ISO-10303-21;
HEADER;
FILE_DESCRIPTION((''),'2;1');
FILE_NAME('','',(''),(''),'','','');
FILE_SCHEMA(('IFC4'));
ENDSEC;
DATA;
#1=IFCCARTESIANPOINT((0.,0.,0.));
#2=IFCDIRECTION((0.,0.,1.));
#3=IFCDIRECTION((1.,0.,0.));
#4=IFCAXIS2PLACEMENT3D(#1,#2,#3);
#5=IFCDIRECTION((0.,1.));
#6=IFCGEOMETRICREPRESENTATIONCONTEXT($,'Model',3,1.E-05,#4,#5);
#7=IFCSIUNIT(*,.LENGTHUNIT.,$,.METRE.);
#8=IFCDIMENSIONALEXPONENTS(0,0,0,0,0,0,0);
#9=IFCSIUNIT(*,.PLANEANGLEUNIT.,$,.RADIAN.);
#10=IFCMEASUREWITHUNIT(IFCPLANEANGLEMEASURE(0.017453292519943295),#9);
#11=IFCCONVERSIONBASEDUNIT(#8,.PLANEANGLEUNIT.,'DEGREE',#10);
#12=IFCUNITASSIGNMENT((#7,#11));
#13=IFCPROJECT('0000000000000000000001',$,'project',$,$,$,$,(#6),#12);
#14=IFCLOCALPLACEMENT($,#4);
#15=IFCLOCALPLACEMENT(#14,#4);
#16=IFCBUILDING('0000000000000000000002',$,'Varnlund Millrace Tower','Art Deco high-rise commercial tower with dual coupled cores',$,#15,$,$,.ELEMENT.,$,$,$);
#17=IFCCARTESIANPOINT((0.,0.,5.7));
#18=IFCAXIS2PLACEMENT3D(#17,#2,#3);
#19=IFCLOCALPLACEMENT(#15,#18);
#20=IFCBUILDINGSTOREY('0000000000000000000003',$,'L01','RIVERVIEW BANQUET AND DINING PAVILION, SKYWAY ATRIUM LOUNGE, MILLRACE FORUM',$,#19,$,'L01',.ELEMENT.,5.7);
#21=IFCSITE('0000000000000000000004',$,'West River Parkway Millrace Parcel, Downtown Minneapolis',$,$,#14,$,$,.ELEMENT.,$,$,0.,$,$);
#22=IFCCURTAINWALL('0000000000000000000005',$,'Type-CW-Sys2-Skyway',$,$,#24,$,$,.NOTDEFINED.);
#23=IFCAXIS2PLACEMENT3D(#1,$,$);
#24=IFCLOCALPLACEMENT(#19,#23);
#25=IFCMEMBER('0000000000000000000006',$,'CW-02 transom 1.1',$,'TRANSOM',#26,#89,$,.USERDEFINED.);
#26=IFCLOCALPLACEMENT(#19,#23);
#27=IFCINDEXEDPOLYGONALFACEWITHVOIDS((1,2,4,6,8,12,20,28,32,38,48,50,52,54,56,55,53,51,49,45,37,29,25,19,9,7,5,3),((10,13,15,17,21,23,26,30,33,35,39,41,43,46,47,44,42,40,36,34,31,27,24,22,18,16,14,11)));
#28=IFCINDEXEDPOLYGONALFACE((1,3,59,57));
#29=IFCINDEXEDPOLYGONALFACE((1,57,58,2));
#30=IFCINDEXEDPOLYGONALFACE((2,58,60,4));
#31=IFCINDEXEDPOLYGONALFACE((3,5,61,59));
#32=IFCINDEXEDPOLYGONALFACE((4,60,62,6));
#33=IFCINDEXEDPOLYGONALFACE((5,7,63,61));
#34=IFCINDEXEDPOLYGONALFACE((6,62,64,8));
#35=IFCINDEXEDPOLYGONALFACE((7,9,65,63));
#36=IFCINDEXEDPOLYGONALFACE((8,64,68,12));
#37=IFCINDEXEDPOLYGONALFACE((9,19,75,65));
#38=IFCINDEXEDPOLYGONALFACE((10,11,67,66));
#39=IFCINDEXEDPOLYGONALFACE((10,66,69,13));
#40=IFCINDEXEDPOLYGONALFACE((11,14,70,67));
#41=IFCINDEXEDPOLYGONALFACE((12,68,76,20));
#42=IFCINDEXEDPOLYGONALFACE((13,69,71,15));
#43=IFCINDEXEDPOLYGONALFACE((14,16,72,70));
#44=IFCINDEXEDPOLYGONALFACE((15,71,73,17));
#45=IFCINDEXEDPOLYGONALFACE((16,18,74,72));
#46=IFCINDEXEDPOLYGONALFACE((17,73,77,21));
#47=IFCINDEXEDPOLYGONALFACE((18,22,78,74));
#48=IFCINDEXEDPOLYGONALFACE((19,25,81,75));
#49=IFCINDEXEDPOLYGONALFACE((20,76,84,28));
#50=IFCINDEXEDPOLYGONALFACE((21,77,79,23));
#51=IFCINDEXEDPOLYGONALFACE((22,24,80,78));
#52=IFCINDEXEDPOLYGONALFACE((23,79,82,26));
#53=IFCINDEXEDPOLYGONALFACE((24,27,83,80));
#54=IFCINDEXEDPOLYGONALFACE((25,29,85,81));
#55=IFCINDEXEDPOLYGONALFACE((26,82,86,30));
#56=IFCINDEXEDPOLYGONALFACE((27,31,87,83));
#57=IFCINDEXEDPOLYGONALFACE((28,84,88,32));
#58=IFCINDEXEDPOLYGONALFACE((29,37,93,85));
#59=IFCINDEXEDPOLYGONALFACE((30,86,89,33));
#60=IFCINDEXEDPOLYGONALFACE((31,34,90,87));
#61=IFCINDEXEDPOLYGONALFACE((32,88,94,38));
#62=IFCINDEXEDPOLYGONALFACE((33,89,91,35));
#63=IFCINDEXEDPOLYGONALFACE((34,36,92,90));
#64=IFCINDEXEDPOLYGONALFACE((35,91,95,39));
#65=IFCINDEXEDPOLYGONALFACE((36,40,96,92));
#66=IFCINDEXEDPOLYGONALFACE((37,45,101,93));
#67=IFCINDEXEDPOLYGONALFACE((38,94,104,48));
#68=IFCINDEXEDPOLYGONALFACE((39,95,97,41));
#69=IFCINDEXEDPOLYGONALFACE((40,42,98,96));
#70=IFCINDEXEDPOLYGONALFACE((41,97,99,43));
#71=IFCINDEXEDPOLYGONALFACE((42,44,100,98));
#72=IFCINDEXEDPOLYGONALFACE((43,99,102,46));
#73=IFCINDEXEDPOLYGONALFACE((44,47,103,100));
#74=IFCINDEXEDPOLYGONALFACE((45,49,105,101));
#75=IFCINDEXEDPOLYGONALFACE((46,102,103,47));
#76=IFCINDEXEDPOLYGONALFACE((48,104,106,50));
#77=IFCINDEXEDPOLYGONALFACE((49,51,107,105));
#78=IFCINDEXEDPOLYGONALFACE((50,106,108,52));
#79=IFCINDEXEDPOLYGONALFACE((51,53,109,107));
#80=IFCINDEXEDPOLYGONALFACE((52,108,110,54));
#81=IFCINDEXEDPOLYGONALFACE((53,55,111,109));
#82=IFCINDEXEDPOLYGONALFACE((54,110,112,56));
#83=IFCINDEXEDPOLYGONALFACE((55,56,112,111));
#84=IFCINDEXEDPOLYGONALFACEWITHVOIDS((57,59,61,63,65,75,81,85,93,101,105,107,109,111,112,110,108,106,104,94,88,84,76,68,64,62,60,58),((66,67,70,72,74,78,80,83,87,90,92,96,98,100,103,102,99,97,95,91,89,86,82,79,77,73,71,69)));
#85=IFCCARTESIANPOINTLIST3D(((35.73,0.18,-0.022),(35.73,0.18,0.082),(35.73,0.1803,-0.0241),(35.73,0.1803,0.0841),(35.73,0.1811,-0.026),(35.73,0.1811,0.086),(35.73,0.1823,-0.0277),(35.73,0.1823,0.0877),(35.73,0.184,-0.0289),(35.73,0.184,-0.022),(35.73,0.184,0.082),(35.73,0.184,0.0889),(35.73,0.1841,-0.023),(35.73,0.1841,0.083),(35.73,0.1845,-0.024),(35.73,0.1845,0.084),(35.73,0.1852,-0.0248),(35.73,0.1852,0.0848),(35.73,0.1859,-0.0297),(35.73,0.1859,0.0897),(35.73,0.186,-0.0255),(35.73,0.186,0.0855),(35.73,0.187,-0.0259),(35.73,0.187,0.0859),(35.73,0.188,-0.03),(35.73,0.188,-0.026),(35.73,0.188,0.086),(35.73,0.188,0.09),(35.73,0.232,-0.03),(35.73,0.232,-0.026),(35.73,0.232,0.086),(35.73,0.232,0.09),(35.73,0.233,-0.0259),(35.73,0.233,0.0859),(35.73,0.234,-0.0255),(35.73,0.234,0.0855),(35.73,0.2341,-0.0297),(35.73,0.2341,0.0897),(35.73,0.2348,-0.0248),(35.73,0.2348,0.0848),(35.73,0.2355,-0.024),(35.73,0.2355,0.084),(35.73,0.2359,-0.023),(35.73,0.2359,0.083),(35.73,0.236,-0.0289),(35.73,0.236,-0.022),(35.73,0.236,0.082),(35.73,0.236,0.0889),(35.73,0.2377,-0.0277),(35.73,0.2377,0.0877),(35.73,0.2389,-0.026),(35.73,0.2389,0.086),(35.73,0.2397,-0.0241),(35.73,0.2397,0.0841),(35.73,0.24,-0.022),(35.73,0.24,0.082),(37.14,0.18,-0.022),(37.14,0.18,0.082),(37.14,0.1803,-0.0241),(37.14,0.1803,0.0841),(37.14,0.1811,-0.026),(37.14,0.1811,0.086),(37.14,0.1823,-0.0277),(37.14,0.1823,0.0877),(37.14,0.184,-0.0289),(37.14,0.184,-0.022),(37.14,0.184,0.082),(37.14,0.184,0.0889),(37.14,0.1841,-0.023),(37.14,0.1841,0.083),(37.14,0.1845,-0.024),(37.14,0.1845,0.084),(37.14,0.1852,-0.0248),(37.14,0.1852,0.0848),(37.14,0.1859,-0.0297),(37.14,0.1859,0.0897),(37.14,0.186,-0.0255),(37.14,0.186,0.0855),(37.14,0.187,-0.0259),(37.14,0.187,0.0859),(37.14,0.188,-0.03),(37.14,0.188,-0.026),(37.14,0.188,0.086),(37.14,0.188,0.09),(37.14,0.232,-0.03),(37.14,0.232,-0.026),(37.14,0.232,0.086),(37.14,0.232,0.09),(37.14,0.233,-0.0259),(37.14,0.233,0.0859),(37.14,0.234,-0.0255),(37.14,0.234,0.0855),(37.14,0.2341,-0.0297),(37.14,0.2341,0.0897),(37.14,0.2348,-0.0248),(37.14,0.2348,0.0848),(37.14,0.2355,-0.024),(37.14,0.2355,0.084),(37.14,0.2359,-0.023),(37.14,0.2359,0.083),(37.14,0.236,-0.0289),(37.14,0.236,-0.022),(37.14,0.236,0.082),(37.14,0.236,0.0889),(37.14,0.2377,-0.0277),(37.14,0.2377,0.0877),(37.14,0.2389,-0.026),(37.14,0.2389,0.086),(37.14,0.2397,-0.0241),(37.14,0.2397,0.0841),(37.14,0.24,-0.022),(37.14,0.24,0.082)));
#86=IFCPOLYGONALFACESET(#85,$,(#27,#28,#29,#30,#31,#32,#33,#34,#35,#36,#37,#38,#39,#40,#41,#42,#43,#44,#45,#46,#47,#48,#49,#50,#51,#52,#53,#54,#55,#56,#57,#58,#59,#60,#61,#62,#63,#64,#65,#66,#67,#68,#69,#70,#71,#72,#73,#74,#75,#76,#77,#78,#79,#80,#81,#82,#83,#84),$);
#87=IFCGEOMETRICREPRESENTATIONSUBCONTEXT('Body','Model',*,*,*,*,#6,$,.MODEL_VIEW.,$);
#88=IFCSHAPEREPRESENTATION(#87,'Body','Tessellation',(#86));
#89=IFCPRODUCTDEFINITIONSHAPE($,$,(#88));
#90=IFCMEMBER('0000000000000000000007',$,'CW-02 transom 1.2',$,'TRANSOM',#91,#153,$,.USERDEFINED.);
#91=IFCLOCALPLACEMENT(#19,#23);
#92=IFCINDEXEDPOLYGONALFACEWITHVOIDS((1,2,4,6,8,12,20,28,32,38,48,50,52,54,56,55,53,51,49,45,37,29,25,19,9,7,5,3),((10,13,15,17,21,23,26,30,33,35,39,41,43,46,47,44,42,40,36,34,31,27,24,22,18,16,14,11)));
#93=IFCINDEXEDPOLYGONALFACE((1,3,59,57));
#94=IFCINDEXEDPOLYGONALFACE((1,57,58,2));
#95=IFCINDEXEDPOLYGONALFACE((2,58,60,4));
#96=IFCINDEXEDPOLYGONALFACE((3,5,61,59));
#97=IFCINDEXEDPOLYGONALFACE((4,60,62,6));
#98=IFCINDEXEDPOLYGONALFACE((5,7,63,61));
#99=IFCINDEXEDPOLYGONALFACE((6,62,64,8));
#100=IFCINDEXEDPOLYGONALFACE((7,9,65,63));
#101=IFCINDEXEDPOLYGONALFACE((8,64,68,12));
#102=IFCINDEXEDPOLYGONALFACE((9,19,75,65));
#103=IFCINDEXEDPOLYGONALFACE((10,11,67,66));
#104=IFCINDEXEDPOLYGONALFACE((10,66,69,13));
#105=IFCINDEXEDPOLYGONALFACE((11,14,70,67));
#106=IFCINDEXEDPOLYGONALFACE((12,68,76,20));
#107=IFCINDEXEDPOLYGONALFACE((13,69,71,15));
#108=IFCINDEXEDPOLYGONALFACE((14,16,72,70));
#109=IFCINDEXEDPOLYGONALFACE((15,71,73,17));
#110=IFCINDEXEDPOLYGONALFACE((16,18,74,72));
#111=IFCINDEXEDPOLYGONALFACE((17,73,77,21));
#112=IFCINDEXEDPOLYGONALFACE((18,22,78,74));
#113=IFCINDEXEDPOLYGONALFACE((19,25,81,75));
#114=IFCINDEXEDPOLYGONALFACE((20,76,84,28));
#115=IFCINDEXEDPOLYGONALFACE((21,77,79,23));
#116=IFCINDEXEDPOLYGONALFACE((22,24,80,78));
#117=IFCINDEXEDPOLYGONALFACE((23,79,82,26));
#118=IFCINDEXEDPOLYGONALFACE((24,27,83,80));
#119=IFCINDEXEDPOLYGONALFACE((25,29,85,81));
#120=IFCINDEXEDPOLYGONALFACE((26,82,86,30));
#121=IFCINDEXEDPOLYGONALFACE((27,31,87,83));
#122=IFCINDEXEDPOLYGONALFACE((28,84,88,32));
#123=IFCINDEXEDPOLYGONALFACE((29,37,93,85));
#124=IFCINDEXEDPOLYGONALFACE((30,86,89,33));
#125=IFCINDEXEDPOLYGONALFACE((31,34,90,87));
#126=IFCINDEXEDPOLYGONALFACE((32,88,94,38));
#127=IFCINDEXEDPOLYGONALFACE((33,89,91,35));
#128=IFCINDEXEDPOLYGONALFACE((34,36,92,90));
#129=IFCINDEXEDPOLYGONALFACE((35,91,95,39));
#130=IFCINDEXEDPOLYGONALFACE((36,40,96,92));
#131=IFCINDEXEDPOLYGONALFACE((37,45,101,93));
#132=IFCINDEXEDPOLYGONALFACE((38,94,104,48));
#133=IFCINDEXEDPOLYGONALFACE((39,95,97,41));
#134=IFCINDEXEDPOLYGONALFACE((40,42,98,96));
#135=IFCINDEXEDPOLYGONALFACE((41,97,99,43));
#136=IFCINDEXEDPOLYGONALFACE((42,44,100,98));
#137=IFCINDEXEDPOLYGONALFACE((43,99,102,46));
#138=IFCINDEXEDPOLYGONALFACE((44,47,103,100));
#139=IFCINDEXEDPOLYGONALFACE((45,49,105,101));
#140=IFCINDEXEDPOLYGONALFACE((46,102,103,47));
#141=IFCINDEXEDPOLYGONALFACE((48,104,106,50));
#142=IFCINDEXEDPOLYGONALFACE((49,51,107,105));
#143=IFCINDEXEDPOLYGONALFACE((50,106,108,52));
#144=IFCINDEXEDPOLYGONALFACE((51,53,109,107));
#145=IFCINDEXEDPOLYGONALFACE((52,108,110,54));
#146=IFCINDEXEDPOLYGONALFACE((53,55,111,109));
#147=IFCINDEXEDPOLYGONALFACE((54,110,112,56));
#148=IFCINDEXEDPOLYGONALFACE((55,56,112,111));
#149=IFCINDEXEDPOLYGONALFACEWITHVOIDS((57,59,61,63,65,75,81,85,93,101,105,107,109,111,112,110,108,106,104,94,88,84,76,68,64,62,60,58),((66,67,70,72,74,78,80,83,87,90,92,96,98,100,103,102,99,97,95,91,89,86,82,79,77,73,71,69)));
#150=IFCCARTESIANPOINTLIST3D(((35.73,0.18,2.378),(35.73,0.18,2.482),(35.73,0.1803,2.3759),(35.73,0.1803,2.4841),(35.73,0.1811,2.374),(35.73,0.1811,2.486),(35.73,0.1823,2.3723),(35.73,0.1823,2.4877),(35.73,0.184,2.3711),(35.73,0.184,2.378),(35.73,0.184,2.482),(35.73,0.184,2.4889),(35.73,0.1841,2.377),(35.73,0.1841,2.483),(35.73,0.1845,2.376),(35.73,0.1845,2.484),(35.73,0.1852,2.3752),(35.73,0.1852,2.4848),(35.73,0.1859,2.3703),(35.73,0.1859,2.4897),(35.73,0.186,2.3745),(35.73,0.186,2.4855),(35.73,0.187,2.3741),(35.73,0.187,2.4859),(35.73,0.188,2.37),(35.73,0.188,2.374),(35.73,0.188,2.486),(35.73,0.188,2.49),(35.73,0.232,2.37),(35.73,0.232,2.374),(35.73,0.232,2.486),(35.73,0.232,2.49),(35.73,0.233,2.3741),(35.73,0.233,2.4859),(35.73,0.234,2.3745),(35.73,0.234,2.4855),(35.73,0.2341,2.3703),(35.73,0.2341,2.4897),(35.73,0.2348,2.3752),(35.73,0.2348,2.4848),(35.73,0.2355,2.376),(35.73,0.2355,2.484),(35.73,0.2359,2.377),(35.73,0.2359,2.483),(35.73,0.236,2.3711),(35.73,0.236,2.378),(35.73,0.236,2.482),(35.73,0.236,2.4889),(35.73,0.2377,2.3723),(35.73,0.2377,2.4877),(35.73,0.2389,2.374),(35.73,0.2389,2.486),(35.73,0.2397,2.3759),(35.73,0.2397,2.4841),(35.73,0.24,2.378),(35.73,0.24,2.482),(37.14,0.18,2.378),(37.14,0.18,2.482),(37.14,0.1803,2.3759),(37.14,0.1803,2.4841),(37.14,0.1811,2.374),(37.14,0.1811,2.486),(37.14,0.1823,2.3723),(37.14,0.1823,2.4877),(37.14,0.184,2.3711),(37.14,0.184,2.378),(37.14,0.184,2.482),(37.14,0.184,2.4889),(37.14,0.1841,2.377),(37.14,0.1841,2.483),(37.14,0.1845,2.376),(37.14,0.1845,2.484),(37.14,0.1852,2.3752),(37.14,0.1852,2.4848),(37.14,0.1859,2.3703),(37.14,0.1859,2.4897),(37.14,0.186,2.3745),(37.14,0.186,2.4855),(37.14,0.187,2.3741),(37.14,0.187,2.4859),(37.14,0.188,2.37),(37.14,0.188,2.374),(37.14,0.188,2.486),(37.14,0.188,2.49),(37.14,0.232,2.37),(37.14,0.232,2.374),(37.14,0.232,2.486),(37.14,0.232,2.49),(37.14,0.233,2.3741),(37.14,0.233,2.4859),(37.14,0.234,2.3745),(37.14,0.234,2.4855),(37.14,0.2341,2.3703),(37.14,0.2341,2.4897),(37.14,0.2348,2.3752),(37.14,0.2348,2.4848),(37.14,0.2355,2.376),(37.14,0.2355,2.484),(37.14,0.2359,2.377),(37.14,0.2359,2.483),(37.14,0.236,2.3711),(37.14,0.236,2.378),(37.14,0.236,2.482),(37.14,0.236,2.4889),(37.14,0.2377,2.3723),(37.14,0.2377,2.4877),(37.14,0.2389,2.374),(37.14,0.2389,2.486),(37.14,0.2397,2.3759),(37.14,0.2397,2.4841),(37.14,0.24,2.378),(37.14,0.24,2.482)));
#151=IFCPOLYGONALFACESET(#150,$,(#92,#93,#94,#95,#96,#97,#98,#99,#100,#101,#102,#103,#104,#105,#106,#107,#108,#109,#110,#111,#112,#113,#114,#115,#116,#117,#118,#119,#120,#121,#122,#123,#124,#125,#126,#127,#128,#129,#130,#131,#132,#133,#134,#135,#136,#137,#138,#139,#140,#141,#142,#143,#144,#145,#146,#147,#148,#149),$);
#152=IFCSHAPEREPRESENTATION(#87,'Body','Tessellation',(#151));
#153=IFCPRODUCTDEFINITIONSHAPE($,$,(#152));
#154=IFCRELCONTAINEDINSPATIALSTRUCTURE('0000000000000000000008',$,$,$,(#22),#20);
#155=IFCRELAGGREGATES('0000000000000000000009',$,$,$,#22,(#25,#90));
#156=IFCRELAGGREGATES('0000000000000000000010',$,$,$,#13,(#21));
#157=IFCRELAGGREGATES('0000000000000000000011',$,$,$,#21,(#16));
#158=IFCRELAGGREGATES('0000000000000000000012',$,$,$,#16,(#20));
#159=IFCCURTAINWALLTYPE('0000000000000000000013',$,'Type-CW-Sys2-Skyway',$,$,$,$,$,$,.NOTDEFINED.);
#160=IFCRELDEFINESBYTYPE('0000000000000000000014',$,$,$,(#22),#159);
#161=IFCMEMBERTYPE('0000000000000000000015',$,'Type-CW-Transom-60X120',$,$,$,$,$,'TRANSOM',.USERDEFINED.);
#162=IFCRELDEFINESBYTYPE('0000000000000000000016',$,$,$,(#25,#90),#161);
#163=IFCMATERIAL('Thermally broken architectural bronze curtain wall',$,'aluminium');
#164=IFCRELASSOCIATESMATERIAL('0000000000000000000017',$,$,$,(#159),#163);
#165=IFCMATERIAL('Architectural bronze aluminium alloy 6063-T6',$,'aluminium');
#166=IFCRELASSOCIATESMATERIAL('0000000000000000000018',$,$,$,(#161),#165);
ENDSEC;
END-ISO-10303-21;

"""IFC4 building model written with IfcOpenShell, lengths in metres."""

from ifc_helpers import new_model, entity, si_unit, converted_unit, direction, frame, origin_with_axes, origin_2d_with_axis, place, context, subcontext, project, spatial, hollow_rectangle, extrude, material, material_profile, profile_set, type_object, element, aggregate, save


model = new_model("IFC4")

# Units and contexts
model_context = context("Model", 3, precision=1e-05, world=origin_with_axes(), true_north=direction((0.0, 1.0)))
body_context = subcontext(model_context, "Body", "Model", "MODEL_VIEW")
ifc_project = project(units=[si_unit("LENGTHUNIT", "METRE"), converted_unit("PLANEANGLEUNIT", "DEGREE", entity("IfcPlaneAngleMeasure", 0.017453292519943295), si_unit("PLANEANGLEUNIT", "RADIAN"), dimensions=[0, 0, 0, 0, 0, 0, 0])], contexts=[model_context])

# Site, building, storey
site_placement = place(None, origin_with_axes())
site = spatial("IfcSite", under=ifc_project, at=site_placement, Name="West River Parkway Millrace Parcel, Downtown Minneapolis", CompositionType="ELEMENT", RefElevation=0.0)
building_placement = place(site_placement, origin_with_axes())
building = spatial("IfcBuilding", under=site, at=building_placement, Name="Varnlund Millrace Tower", Description="Art Deco high-rise commercial tower with dual coupled cores", CompositionType="ELEMENT")
storey_placement = place(building_placement, frame((0.0, 0.0, 5.7), z_axis=(0.0, 0.0, 1.0), x_axis=(1.0, 0.0, 0.0)))
storey = spatial("IfcBuildingStorey", under=building, at=storey_placement, Name="L01", Description="RIVERVIEW BANQUET AND DINING PAVILION, SKYWAY ATRIUM LOUNGE, MILLRACE FORUM", LongName="L01", CompositionType="ELEMENT", Elevation=5.7)

# Curtain wall, members
ifc_material_1 = material(Name="Thermally broken architectural bronze curtain wall", Category="aluminium")
curtain_wall_type = type_object("IfcCurtainWallType", Name="Type-CW-Sys2-Skyway", PredefinedType="NOTDEFINED", material=ifc_material_1)
curtain_wall_placement = place(storey_placement, frame((37.2, 0.21, 0.0), z_axis=(0.0, 0.0, 1.0), x_axis=(1.0, 0.0, 0.0)))
curtain_wall = element("IfcCurtainWall", 1, at=curtain_wall_placement, inside=storey, type_object=curtain_wall_type, Name="Type-CW-Sys2-Skyway", PredefinedType="NOTDEFINED")
ifc_material_2 = material(Name="Architectural bronze aluminium alloy 6063-T6", Category="aluminium")
ifc_material_profile_1 = material_profile(ifc_material_2, hollow_rectangle(XDim=0.06, YDim=0.12, WallThickness=0.004, InnerFilletRadius=0.004, OuterFilletRadius=0.008, at=origin_2d_with_axis()), Name="Architectural bronze aluminium alloy 6063-T6")
ifc_profile_set_1 = profile_set([ifc_material_profile_1], Name="Architectural bronze aluminium alloy 6063-T6")
member_type_1 = type_object("IfcMemberType", Name="Type-CW-Transom-60X120", ElementType="TRANSOM", PredefinedType="USERDEFINED", material=ifc_profile_set_1)
member_1_placement = place(storey_placement, frame((37.14, 0.21, 0.03), z_axis=(-1.0, 0.0, 0.0), x_axis=(0.0, -1.0, 0.0)))
member_1 = element("IfcMember", 2, at=member_1_placement, type_object=member_type_1, Name="CW-02 transom 1.1", ObjectType="TRANSOM", PredefinedType="USERDEFINED", context=body_context, shape_type="SweptSolid", body=[
    extrude(hollow_rectangle(XDim=0.06, YDim=0.12, WallThickness=0.004, InnerFilletRadius=0.004, OuterFilletRadius=0.008, at=origin_2d_with_axis()), origin_with_axes(), (0.0, 0.0, 1.0), 1.41),
])
member_2_placement = place(storey_placement, frame((37.14, 0.21, 2.43), z_axis=(-1.0, 0.0, 0.0), x_axis=(0.0, -1.0, 0.0)))
member_2 = element("IfcMember", 3, at=member_2_placement, type_object=member_type_1, Name="CW-02 transom 1.2", ObjectType="TRANSOM", PredefinedType="USERDEFINED", context=body_context, shape_type="SweptSolid", body=[
    extrude(hollow_rectangle(XDim=0.06, YDim=0.12, WallThickness=0.004, InnerFilletRadius=0.004, OuterFilletRadius=0.008, at=origin_2d_with_axis()), origin_with_axes(), (0.0, 0.0, 1.0), 1.41),
])
aggregate(curtain_wall, [member_1, member_2])

save(model, "model.ifc")
